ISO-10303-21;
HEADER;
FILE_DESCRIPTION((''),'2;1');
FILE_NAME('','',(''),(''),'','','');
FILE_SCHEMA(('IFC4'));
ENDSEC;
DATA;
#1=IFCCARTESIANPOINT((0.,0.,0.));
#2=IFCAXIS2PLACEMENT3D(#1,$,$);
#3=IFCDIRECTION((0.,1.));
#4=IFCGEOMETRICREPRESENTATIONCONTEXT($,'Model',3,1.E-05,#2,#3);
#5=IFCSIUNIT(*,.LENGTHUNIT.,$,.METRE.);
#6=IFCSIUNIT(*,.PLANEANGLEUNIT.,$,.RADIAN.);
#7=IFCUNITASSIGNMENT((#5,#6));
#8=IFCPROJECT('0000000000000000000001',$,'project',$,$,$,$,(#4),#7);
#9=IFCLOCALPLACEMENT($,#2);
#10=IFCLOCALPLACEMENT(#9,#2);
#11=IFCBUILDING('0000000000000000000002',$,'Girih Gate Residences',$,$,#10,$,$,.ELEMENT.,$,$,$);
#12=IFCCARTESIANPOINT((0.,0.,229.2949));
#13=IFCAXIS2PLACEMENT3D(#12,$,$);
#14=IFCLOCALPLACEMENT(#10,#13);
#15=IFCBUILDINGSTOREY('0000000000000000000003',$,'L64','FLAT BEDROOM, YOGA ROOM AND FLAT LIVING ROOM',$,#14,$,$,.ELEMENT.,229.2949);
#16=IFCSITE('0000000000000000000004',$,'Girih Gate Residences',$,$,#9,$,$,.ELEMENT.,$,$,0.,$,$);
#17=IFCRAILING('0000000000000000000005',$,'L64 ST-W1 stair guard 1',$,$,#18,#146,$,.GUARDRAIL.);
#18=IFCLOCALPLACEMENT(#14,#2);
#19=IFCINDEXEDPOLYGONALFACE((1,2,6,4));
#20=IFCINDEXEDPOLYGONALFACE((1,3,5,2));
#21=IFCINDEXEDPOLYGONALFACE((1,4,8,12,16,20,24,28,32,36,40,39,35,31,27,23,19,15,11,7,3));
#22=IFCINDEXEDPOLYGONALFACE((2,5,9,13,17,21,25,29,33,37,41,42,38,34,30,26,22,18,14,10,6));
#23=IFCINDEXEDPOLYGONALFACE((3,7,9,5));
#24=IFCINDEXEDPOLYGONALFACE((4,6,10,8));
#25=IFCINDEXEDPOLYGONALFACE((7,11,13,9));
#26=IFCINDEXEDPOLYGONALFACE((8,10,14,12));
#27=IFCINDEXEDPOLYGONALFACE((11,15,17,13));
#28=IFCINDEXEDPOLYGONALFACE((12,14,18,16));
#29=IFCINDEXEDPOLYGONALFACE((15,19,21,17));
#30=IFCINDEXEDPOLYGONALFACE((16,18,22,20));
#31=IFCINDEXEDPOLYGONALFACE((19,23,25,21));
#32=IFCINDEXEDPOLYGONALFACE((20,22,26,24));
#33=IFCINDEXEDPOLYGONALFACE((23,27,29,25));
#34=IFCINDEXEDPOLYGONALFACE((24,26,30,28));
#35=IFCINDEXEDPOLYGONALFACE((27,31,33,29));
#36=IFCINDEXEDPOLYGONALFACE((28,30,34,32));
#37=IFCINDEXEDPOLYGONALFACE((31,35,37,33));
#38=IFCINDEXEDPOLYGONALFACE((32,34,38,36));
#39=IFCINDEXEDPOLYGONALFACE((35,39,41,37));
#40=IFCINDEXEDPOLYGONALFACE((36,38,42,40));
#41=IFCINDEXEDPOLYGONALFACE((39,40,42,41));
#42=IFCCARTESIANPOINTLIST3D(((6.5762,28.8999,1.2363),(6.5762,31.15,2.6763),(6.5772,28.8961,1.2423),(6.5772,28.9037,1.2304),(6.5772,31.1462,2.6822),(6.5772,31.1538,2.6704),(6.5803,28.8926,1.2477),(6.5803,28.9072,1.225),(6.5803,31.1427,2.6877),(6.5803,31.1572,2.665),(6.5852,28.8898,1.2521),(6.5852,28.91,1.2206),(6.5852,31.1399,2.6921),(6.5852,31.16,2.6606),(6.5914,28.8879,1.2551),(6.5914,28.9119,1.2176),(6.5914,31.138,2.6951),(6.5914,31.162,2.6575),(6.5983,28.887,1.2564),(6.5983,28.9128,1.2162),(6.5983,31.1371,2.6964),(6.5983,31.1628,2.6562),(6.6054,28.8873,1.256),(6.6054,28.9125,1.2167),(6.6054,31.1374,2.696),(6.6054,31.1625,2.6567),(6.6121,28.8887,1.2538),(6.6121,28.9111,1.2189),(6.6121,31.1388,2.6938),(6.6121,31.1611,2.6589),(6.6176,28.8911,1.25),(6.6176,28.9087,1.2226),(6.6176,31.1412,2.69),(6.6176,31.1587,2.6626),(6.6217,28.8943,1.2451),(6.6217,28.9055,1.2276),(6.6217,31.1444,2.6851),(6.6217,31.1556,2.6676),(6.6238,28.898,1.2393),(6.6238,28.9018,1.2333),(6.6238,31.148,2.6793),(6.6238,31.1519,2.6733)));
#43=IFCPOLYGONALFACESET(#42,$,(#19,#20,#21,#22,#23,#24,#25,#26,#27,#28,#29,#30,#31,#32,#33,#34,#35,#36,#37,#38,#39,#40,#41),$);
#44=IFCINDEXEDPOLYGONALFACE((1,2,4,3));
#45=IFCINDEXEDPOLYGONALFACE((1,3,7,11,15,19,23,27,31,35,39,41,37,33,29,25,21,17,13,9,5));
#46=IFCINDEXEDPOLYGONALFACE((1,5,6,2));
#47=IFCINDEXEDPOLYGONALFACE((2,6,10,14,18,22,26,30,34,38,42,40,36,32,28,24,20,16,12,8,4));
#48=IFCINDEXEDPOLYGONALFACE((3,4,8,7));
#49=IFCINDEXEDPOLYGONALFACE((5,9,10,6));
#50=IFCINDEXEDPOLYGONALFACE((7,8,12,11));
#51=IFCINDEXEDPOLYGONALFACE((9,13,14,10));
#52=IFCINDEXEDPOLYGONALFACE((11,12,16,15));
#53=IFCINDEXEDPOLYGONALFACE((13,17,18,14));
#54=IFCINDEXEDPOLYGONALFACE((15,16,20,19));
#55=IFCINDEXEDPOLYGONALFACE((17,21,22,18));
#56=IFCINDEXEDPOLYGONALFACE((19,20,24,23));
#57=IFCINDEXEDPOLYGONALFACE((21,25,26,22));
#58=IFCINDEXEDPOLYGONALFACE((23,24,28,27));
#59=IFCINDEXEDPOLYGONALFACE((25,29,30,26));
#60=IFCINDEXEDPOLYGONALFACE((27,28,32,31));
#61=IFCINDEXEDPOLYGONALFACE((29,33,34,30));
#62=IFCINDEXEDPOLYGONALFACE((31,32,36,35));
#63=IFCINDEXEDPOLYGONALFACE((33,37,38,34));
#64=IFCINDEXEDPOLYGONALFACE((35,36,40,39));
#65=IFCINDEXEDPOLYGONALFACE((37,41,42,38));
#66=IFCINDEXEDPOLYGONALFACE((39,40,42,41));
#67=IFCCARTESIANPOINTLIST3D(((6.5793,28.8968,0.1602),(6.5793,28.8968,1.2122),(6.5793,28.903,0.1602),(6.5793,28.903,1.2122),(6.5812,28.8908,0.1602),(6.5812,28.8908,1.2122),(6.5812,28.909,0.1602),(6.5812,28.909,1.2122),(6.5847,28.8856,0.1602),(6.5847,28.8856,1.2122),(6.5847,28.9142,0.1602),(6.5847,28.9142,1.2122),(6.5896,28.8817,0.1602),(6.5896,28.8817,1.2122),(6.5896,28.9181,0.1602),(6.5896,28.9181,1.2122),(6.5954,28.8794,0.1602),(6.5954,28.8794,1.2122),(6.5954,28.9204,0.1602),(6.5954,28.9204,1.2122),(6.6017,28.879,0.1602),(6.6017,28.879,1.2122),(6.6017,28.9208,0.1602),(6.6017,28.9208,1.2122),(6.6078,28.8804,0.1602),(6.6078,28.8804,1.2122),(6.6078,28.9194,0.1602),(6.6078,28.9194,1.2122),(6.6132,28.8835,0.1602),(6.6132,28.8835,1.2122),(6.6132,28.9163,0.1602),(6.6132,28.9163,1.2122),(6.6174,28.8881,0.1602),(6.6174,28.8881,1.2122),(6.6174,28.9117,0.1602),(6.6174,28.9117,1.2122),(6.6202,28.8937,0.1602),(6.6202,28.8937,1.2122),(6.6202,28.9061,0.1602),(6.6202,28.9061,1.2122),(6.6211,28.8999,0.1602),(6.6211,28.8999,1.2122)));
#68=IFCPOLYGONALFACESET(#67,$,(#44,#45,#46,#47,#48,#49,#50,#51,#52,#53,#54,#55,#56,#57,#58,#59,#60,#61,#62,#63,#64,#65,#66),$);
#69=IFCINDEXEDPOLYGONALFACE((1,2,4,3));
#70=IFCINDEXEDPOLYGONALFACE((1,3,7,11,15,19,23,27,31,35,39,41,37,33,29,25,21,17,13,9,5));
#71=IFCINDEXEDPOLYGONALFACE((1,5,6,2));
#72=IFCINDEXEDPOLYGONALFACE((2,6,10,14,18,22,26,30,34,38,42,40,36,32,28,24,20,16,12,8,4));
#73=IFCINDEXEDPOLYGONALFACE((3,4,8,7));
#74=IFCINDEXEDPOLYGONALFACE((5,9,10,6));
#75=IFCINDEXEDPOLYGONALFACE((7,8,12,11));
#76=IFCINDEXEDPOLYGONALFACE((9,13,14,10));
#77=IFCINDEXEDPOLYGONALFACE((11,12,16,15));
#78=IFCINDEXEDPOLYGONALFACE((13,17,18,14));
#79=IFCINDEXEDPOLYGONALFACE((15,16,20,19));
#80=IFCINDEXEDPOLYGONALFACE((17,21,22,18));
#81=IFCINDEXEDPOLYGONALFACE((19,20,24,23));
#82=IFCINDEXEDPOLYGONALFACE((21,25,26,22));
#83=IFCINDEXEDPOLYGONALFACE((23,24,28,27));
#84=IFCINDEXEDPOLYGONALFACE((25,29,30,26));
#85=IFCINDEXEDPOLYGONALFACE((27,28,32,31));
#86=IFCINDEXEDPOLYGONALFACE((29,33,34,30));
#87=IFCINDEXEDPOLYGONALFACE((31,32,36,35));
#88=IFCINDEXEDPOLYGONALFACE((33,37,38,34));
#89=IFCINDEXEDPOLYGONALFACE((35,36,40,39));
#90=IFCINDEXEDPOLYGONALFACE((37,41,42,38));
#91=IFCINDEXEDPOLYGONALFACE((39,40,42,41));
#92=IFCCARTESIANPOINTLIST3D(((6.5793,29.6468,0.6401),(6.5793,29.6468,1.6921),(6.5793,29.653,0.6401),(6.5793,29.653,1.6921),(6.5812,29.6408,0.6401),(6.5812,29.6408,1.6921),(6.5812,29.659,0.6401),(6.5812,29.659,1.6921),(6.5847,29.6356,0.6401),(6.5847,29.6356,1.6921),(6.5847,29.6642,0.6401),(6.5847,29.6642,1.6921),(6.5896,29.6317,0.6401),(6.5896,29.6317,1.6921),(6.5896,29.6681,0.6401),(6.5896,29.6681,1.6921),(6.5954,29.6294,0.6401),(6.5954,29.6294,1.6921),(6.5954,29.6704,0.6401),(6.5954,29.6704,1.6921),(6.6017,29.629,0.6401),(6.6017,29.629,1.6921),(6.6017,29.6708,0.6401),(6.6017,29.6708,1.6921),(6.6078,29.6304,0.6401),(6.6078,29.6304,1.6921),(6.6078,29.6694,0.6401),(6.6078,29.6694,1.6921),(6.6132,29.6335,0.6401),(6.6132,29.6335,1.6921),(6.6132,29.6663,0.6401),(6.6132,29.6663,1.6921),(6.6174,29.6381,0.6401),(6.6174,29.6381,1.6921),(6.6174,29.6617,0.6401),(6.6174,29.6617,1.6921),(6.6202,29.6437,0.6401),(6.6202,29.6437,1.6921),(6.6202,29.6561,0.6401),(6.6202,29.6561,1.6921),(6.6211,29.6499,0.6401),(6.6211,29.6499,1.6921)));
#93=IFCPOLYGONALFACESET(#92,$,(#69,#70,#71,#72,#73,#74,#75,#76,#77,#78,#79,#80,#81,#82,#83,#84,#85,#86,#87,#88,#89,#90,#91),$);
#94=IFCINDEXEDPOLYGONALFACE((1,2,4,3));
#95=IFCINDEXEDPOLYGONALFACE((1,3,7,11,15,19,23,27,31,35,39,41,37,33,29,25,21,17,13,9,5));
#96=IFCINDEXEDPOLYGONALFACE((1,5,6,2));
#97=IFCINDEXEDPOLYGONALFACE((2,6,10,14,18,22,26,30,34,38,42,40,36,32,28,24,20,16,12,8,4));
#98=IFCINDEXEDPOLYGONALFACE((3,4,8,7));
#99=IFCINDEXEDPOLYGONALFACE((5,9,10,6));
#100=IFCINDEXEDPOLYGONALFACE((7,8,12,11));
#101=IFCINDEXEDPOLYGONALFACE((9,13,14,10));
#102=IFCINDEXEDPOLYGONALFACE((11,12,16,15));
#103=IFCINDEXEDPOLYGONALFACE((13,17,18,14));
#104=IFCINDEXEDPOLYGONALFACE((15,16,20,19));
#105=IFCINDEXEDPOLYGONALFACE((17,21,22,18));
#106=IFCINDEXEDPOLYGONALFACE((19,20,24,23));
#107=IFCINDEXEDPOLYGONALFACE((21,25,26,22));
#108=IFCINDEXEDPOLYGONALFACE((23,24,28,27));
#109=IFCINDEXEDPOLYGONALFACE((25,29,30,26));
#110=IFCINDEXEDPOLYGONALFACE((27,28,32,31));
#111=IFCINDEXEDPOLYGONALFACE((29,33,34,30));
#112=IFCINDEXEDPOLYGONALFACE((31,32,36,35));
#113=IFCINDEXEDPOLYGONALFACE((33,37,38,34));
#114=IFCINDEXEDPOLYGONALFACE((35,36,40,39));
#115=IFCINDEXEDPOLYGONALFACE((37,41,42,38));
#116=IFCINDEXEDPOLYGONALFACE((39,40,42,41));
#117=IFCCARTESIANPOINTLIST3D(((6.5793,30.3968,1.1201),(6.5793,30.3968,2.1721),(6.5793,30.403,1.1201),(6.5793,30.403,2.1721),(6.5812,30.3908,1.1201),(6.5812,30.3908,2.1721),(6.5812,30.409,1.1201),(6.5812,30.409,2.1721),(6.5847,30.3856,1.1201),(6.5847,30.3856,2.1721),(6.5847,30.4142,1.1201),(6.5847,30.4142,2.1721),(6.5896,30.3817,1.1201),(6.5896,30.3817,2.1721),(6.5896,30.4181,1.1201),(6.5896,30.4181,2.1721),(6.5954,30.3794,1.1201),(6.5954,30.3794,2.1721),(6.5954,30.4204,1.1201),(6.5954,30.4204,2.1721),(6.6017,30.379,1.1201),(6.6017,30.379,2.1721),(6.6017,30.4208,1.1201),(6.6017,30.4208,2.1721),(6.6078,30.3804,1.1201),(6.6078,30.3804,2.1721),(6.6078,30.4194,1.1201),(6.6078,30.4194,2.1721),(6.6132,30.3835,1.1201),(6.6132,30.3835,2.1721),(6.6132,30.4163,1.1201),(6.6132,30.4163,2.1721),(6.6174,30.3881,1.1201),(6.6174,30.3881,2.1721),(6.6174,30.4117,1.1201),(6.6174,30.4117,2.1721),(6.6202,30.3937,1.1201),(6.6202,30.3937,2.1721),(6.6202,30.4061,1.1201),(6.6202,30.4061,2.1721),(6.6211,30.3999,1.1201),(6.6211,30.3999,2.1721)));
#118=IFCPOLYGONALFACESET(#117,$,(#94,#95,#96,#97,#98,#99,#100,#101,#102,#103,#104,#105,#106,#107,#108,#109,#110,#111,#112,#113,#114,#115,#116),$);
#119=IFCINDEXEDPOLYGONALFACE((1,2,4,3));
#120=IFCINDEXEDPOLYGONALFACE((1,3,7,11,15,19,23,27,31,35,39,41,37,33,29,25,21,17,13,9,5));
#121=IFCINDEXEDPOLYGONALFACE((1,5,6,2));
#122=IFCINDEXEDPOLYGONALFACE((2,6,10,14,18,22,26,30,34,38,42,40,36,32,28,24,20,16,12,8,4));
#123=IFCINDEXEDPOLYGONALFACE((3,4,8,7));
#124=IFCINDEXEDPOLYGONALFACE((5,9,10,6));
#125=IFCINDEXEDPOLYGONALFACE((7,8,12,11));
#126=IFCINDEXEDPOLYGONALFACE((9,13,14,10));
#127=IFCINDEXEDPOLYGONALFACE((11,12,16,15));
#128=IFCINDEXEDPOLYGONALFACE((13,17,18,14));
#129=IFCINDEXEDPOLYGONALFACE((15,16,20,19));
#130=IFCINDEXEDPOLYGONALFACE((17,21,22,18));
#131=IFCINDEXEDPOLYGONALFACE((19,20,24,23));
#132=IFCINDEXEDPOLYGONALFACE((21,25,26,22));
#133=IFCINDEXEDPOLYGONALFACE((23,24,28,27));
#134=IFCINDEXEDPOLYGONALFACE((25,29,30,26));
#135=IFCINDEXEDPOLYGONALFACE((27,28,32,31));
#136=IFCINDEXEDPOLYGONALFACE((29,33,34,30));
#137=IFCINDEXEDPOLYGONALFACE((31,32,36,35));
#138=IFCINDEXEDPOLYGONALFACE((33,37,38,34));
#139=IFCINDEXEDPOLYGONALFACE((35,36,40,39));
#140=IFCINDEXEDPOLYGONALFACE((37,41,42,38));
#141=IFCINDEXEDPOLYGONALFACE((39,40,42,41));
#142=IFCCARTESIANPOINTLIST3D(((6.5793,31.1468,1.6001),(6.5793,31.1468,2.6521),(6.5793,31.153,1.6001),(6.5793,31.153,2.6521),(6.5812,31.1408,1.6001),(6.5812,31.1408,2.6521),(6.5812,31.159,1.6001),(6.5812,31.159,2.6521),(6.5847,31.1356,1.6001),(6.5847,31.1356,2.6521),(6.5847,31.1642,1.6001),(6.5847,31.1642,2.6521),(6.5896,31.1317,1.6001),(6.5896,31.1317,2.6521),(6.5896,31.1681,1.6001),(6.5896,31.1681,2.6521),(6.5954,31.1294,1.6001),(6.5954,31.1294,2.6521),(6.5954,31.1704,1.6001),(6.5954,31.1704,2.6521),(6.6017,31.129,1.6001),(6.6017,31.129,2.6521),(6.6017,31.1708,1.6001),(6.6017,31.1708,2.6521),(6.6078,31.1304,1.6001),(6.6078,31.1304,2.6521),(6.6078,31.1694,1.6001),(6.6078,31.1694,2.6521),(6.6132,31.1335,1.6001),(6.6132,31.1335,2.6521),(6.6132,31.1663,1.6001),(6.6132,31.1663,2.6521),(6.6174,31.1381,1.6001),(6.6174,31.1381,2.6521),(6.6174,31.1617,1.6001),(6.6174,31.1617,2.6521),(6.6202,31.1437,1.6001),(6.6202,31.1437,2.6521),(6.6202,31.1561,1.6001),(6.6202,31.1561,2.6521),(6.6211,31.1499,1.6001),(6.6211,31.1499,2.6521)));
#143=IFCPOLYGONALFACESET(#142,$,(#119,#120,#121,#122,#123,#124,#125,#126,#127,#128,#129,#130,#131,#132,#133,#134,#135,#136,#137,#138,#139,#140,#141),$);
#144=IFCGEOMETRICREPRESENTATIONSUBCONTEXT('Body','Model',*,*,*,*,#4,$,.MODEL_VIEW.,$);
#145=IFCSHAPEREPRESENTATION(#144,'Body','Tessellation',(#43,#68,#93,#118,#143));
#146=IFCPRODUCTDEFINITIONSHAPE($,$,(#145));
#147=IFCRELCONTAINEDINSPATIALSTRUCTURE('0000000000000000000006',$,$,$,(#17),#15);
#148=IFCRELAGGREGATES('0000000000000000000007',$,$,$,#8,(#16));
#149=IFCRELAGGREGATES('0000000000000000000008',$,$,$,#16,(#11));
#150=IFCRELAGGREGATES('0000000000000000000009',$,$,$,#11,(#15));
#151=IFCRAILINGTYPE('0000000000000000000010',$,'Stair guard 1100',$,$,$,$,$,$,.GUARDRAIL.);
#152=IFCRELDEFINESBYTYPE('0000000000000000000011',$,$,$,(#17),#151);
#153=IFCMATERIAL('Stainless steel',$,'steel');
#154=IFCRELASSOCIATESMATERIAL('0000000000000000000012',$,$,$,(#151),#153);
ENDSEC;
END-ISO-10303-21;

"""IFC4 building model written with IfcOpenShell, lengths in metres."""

from ifc_helpers import new_model, si_unit, direction, frame, origin, origin_2d, place, context, subcontext, project, spatial, circle, extrude, material, type_object, element, save


model = new_model("IFC4")

# Units and contexts
model_context = context("Model", 3, precision=1e-05, world=origin(), true_north=direction((0.0, 1.0)))
body_context = subcontext(model_context, "Body", "Model", "MODEL_VIEW")
ifc_project = project(units=[si_unit("LENGTHUNIT", "METRE"), si_unit("PLANEANGLEUNIT", "RADIAN")], contexts=[model_context])

# Site, building, storey
site_placement = place(None, origin())
site = spatial("IfcSite", under=ifc_project, at=site_placement, Name="Girih Gate Residences", CompositionType="ELEMENT", RefElevation=0.0)
building_placement = place(site_placement, origin())
building = spatial("IfcBuilding", under=site, at=building_placement, Name="Girih Gate Residences", CompositionType="ELEMENT")
storey_placement = place(building_placement, frame((0.0, 0.0, 229.2949)))
storey = spatial("IfcBuildingStorey", under=building, at=storey_placement, Name="L64", Description="FLAT BEDROOM, YOGA ROOM AND FLAT LIVING ROOM", CompositionType="ELEMENT", Elevation=229.2949)

# Railing
ifc_material_1 = material(Name="Stainless steel", Category="steel")
railing_type_1 = type_object("IfcRailingType", Name="Stair guard 1100", PredefinedType="GUARDRAIL", material=ifc_material_1)
railing_1_placement = place(storey_placement, frame((6.6001, 28.8999, 0.1602)))
element("IfcRailing", 1, at=railing_1_placement, inside=storey, type_object=railing_type_1, Name="L64 ST-W1 stair guard 1", PredefinedType="GUARDRAIL", context=body_context, shape_type="SweptSolid", body=[
    extrude(circle(Radius=0.0239, at=origin_2d()), frame((0.0, 0.0, 1.0762), z_axis=(0.0, 0.842281, 0.539038), x_axis=(-1.0, 0.0, 0.0)), (0.0, 0.0, 1.0), 2.6714),
    extrude(circle(Radius=0.021, at=origin_2d()), origin(), (0.0, 0.0, 1.0), 1.052),
    extrude(circle(Radius=0.021, at=origin_2d()), frame((0.0, 0.75, 0.48)), (0.0, 0.0, 1.0), 1.052),
    extrude(circle(Radius=0.021, at=origin_2d()), frame((0.0, 1.5, 0.96)), (0.0, 0.0, 1.0), 1.052),
    extrude(circle(Radius=0.021, at=origin_2d()), frame((0.0, 2.25, 1.4399)), (0.0, 0.0, 1.0), 1.052),
])

save(model, "model.ifc")
